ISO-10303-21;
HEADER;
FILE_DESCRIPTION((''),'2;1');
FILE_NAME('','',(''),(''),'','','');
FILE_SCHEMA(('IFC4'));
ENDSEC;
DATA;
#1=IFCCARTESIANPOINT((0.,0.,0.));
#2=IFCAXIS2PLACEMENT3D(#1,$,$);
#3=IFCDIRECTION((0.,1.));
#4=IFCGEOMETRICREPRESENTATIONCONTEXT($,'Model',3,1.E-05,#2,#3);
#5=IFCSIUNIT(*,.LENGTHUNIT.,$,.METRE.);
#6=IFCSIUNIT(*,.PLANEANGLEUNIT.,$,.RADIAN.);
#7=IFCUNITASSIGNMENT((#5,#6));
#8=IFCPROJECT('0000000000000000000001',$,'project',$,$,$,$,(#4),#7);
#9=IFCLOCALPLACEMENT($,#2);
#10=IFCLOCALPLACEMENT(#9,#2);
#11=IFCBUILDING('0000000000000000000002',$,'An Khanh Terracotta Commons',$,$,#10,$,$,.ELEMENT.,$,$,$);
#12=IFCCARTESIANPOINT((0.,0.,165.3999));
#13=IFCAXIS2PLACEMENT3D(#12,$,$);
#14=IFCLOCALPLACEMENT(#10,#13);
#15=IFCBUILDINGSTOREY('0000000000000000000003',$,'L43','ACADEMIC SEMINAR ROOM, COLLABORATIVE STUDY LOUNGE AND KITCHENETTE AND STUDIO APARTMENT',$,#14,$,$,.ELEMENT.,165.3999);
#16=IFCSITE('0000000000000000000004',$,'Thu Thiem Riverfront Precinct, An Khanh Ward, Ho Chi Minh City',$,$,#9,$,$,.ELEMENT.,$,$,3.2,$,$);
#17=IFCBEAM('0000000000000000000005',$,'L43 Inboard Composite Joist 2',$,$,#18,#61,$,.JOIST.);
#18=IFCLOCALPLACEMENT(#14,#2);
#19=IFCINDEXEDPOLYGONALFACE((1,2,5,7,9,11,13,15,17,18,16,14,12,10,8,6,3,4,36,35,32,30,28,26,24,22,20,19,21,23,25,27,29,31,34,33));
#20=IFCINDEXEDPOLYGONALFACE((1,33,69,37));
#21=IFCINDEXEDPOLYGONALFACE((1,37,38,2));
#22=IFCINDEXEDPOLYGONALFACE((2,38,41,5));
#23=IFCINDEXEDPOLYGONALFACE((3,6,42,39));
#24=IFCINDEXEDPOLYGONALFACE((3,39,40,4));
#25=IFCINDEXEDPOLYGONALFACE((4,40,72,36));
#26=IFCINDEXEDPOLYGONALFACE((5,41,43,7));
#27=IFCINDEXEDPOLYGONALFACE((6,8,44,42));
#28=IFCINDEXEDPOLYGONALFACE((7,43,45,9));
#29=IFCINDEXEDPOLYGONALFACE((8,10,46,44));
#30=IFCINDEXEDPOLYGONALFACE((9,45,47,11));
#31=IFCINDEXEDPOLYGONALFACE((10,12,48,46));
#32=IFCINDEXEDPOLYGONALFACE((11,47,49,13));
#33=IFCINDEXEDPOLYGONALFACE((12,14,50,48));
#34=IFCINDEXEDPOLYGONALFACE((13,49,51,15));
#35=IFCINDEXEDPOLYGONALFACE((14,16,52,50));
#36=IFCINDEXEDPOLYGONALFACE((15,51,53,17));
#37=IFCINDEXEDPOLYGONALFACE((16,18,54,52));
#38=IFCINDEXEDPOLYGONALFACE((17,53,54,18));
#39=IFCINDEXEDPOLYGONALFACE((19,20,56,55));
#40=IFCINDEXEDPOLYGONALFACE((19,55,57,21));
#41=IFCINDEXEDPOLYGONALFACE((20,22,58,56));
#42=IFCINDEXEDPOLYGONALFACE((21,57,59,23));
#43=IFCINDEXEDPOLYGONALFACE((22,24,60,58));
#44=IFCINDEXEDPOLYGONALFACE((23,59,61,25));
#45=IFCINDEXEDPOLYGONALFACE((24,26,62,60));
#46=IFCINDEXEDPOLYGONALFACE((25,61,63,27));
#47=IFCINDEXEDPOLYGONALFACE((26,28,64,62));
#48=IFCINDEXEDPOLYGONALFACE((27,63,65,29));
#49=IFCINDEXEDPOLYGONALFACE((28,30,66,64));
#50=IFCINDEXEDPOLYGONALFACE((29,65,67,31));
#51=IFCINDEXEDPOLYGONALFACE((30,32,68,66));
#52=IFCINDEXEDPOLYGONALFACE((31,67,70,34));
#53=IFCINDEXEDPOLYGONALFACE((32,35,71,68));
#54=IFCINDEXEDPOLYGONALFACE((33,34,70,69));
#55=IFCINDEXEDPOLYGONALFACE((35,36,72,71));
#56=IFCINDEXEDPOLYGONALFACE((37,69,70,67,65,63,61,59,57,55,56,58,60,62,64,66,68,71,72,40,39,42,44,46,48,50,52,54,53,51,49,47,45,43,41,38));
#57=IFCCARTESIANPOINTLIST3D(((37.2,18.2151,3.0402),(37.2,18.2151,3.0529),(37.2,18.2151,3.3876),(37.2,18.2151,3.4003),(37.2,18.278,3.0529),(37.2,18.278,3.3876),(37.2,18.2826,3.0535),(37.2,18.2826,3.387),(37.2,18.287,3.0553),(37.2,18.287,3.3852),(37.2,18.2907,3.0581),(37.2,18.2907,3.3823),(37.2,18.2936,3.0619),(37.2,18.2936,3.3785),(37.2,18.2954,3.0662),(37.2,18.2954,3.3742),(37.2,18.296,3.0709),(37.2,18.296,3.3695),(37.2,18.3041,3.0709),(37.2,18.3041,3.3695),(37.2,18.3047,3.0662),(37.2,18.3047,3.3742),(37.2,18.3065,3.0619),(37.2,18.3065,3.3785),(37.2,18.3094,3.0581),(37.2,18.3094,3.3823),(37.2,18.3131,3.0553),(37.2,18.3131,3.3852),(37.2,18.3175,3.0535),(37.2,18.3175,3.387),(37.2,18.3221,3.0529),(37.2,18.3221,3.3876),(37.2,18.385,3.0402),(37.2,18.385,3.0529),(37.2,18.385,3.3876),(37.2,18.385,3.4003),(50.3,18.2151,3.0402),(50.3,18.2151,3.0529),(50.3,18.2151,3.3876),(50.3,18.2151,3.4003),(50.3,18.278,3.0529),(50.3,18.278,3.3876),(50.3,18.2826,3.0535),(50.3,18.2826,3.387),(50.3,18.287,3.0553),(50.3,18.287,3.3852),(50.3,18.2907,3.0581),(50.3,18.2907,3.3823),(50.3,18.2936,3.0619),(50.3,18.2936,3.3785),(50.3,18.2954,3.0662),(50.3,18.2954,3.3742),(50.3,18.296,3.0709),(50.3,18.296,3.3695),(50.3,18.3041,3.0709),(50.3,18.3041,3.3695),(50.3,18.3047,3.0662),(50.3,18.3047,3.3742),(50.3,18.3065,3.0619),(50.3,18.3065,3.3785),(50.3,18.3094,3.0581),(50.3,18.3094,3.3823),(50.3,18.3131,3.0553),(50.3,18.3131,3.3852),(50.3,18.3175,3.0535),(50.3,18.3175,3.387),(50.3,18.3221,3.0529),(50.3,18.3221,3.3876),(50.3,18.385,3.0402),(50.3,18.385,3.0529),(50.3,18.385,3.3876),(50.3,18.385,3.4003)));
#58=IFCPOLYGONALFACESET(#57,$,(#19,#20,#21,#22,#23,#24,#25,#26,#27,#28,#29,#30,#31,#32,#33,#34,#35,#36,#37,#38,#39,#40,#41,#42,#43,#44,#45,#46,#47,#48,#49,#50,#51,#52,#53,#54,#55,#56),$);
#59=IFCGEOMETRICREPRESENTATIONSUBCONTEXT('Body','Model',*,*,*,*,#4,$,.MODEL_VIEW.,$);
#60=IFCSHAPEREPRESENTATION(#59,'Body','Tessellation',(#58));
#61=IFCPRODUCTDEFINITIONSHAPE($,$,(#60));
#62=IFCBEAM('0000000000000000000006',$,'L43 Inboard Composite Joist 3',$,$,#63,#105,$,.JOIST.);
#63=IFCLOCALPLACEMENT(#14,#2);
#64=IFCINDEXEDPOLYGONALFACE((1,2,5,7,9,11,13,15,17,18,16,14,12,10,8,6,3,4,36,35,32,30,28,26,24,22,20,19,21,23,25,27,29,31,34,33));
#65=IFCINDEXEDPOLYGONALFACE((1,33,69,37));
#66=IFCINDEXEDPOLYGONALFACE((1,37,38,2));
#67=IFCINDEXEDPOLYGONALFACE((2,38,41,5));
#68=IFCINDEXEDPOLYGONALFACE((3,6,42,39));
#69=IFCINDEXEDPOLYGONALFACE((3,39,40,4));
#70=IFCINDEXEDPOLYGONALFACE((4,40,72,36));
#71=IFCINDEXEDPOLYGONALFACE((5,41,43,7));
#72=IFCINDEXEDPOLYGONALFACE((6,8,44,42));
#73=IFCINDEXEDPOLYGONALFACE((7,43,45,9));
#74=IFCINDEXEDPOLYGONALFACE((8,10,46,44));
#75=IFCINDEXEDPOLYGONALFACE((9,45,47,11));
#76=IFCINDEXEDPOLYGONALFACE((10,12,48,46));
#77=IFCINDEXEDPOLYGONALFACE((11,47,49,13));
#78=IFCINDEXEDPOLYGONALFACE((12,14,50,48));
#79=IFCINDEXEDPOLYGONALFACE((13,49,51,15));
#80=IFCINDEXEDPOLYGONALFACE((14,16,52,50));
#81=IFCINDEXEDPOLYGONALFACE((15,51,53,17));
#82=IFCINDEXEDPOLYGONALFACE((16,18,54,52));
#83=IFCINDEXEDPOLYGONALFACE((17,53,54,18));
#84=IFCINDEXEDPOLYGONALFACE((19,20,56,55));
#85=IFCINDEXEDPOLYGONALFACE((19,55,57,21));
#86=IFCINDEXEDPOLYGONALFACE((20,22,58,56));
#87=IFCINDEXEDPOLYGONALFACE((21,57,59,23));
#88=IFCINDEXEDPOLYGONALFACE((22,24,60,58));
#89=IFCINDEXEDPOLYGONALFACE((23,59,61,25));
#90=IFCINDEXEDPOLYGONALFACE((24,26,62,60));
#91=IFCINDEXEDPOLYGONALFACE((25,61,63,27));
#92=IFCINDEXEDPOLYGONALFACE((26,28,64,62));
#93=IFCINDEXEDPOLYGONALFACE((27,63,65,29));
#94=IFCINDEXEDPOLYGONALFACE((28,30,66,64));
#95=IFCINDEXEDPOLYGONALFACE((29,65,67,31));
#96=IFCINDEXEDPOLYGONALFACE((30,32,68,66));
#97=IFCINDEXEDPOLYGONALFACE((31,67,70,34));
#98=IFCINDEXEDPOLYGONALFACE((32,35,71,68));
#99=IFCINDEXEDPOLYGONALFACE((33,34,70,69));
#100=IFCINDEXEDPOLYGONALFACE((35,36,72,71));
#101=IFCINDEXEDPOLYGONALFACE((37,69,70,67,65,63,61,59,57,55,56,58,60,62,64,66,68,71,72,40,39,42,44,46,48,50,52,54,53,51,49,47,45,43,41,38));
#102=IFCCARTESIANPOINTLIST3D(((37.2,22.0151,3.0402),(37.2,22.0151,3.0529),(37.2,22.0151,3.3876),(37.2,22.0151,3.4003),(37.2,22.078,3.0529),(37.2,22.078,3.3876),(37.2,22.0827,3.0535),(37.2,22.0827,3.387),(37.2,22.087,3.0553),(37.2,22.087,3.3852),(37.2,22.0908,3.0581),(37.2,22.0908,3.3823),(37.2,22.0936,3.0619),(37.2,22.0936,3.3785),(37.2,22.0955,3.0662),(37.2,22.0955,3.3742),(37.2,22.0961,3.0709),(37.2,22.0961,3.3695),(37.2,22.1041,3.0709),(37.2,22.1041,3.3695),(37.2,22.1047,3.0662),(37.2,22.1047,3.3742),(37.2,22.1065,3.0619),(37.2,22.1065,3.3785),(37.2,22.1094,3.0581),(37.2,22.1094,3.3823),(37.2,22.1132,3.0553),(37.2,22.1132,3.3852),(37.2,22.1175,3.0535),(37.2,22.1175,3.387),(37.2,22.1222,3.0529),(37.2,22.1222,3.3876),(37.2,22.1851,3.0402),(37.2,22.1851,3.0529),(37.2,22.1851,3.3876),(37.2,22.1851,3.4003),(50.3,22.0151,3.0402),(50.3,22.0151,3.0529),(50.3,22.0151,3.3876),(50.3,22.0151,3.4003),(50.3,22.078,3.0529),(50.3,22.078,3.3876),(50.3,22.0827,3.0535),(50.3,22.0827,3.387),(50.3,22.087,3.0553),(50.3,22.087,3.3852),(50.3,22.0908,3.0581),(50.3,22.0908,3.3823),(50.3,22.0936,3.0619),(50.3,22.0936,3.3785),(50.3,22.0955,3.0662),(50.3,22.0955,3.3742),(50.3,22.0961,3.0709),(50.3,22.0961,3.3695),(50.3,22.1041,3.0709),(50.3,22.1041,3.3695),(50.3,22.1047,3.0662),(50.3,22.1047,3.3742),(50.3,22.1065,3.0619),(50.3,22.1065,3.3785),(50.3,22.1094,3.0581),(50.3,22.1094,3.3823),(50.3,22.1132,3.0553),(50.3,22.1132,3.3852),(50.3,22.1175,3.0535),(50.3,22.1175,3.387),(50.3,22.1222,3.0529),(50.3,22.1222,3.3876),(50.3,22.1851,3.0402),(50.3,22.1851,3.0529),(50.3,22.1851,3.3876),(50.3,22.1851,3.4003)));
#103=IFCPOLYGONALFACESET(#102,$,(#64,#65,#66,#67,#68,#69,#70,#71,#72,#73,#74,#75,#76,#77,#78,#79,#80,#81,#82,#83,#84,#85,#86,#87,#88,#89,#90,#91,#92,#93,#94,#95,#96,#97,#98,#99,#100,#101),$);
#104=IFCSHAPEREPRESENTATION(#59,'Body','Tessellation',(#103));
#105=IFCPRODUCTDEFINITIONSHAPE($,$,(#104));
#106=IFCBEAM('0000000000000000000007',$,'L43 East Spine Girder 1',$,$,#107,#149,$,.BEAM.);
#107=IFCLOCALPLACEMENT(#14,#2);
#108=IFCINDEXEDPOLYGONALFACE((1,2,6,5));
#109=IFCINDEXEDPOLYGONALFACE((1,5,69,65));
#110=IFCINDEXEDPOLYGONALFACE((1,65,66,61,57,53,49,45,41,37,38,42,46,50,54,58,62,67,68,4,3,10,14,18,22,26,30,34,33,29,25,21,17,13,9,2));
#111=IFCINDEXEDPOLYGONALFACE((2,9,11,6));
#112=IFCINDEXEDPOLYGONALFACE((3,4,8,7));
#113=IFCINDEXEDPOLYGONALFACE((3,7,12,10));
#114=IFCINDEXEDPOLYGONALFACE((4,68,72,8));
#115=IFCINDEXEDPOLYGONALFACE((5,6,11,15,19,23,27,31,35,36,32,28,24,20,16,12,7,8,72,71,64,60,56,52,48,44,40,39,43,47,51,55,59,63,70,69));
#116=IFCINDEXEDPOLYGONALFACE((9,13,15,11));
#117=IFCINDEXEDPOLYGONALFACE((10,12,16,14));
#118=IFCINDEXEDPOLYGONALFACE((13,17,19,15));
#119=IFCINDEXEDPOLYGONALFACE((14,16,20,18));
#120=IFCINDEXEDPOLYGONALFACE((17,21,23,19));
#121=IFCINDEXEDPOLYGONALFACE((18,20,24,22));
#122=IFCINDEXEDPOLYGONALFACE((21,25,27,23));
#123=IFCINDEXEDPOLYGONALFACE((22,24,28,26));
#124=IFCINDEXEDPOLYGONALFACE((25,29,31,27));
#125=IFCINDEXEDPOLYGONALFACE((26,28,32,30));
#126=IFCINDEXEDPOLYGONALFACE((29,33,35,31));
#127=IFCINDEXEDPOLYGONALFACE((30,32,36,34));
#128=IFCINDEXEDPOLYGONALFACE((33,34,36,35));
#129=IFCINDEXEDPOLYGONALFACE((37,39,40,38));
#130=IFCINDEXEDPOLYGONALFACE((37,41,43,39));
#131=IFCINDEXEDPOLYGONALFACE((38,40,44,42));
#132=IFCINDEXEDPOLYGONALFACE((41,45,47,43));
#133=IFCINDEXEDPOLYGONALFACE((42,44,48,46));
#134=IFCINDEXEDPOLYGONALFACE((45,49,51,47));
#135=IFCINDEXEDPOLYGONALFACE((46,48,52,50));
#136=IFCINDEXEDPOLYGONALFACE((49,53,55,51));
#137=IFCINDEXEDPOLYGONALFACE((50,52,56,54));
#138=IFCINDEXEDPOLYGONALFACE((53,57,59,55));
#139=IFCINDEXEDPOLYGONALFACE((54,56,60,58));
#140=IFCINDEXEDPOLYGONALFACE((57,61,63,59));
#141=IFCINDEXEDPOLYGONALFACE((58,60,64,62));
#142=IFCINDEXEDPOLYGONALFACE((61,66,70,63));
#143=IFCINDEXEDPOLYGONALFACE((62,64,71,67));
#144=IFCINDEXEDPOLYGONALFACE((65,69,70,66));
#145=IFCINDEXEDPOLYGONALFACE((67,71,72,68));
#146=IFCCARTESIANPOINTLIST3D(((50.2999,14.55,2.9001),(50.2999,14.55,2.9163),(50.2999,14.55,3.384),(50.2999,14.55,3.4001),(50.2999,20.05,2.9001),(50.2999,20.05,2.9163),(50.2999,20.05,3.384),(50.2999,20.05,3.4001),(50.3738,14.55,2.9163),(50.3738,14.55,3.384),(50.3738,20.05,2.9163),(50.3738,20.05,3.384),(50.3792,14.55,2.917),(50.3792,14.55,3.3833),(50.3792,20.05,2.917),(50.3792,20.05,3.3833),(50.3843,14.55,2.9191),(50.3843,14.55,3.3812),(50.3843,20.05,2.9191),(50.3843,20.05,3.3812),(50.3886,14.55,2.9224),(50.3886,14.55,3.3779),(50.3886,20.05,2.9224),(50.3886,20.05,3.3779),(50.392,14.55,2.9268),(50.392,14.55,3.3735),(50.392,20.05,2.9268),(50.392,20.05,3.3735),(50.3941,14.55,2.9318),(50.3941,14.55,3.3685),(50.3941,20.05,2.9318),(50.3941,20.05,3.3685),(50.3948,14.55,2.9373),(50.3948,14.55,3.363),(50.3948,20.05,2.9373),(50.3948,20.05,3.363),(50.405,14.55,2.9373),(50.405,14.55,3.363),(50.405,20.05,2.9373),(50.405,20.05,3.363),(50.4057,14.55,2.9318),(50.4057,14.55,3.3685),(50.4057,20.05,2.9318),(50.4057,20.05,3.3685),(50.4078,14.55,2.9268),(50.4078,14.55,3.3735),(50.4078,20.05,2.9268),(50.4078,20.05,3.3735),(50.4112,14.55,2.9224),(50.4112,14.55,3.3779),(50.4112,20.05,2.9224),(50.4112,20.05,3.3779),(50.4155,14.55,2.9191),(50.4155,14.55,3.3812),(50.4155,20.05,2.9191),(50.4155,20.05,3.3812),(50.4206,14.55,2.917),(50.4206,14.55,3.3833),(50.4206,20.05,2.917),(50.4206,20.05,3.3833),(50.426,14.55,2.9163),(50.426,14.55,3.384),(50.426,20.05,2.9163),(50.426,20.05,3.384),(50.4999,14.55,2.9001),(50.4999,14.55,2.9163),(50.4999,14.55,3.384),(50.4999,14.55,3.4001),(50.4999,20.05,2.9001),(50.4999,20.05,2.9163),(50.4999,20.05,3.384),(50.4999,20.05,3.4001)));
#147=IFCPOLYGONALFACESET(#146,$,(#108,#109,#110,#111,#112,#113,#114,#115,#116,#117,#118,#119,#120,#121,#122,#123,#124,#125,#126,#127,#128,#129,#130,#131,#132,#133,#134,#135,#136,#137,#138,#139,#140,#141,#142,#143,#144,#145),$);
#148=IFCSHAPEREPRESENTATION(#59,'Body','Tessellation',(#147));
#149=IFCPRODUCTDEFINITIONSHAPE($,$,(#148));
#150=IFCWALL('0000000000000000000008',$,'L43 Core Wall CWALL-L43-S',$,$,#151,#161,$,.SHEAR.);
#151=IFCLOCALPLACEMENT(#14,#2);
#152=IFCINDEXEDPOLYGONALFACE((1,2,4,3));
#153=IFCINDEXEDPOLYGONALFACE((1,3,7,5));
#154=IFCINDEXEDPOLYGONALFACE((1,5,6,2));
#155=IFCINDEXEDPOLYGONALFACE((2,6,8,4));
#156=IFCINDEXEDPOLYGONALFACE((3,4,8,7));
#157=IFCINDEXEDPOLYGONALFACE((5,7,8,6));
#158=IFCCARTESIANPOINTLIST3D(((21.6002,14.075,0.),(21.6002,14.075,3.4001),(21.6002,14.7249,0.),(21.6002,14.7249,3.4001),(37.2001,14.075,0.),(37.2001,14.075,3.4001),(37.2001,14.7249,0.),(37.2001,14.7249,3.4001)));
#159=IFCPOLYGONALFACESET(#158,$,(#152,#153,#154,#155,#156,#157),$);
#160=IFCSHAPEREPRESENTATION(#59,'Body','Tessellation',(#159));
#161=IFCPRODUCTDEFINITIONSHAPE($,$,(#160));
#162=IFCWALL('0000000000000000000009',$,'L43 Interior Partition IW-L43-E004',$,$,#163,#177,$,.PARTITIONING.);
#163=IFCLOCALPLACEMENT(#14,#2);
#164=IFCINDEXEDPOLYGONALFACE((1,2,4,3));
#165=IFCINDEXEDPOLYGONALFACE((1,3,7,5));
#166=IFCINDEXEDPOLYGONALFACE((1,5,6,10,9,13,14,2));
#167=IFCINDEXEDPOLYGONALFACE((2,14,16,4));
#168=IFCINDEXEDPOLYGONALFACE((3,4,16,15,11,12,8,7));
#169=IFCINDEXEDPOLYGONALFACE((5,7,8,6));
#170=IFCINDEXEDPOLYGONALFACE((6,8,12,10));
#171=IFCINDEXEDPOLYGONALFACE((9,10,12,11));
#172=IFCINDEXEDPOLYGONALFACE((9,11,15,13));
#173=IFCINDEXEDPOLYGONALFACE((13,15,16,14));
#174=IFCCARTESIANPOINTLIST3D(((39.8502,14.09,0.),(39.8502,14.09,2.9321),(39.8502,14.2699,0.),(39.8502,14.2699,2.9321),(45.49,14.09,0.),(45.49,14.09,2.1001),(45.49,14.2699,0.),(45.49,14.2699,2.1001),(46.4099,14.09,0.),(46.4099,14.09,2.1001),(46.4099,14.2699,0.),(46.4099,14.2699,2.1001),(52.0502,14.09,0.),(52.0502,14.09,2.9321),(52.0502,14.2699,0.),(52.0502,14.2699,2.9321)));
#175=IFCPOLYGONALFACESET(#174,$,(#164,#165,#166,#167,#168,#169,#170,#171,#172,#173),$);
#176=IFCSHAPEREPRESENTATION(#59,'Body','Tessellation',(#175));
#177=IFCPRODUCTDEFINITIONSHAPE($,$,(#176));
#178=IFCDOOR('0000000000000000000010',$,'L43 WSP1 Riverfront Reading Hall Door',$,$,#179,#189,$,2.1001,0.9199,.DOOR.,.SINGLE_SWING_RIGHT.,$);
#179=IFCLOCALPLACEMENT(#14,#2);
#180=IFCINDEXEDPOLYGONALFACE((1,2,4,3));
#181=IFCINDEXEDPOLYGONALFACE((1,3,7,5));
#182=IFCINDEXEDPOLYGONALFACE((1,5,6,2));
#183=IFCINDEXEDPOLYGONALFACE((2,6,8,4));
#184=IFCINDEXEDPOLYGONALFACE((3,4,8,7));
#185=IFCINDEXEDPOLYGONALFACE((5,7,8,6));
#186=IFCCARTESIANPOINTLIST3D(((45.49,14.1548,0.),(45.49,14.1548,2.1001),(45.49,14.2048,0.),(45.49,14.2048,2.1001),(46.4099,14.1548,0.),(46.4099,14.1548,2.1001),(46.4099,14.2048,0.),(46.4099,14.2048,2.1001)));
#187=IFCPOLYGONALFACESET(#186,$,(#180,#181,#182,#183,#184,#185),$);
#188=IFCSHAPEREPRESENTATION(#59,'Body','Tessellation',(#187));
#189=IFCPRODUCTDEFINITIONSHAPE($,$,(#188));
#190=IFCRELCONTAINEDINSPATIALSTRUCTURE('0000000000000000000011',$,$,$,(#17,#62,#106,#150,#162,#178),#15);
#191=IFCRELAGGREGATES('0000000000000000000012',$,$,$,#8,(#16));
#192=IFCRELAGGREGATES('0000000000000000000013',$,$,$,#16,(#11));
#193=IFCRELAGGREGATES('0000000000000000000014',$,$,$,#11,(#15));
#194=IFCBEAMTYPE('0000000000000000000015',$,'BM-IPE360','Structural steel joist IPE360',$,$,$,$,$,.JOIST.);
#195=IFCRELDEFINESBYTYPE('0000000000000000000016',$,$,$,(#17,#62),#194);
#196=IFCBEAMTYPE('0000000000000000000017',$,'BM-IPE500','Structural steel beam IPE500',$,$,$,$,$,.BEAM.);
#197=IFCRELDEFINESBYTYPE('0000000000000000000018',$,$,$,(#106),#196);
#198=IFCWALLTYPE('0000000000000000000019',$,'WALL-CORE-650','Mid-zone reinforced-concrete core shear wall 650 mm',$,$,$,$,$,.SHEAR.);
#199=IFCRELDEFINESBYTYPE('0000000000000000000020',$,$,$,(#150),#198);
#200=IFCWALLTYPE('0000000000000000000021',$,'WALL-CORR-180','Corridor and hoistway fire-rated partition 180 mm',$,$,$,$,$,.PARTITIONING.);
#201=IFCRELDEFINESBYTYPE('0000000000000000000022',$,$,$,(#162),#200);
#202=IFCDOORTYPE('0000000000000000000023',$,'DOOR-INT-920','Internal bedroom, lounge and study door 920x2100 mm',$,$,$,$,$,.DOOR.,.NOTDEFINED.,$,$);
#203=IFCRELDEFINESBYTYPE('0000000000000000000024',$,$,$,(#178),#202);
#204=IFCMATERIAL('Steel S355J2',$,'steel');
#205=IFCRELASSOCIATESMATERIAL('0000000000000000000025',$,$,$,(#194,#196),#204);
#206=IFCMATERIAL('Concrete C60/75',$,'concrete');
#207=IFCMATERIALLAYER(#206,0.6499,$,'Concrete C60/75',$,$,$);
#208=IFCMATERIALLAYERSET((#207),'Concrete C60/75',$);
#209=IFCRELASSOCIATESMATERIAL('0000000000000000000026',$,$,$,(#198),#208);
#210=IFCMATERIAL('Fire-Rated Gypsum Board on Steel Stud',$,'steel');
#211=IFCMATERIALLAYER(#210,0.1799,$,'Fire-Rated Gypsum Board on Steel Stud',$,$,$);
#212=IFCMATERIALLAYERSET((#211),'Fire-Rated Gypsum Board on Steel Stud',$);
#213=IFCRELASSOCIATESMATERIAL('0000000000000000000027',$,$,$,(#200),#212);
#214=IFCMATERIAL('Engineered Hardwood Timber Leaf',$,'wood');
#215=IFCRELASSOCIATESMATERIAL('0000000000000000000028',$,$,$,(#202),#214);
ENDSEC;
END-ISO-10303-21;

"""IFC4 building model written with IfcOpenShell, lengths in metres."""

from ifc_helpers import new_model, si_unit, direction, frame, frame_2d, origin, origin_2d, place, context, subcontext, project, spatial, rectangle, i_section, extrude, material, layer, layer_set, material_profile, profile_set, type_object, element, fill, save


model = new_model("IFC4")

# Units and contexts
model_context = context("Model", 3, precision=1e-05, world=origin(), true_north=direction((0.0, 1.0)))
body_context = subcontext(model_context, "Body", "Model", "MODEL_VIEW")
ifc_project = project(units=[si_unit("LENGTHUNIT", "METRE"), si_unit("PLANEANGLEUNIT", "RADIAN")], contexts=[model_context])

# Site, building, storey
site_placement = place(None, origin())
site = spatial("IfcSite", under=ifc_project, at=site_placement, Name="Thu Thiem Riverfront Precinct, An Khanh Ward, Ho Chi Minh City", CompositionType="ELEMENT", RefElevation=3.2)
building_placement = place(site_placement, origin())
building = spatial("IfcBuilding", under=site, at=building_placement, Name="An Khanh Terracotta Commons", CompositionType="ELEMENT")
storey_placement = place(building_placement, frame((0.0, 0.0, 165.3999)))
storey = spatial("IfcBuildingStorey", under=building, at=storey_placement, Name="L43", Description="ACADEMIC SEMINAR ROOM, COLLABORATIVE STUDY LOUNGE AND KITCHENETTE AND STUDIO APARTMENT", CompositionType="ELEMENT", Elevation=165.3999)

# Shared definitions
ifc_material_1 = material(Name="Concrete C60/75", Category="concrete")

# Beams
ifc_material_2 = material(Name="Steel S355J2", Category="steel")
ifc_material_profile_1 = material_profile(ifc_material_2, i_section(OverallWidth=0.1699, OverallDepth=0.3601, WebThickness=0.0081, FlangeThickness=0.0127, FilletRadius=0.0181, at=origin_2d()), Name="IPE360")
ifc_profile_set_1 = profile_set([ifc_material_profile_1], Name="Steel S355J2")
beam_type_1 = type_object("IfcBeamType", Name="BM-IPE360", Description="Structural steel joist IPE360", PredefinedType="JOIST", material=ifc_profile_set_1)
for number, where, z_axis, x_axis, name in (
    (1, (37.2, 18.3, 3.2202), (1.0, 0.0, 0.0), (0.0, 1.0, 0.0), "L43 Inboard Composite Joist 2"),
    (2, (37.2, 22.1001, 3.2202), (1.0, 0.0, 0.0), (0.0, 1.0, 0.0), "L43 Inboard Composite Joist 3"),
):
    element("IfcBeam", number, at=place(storey_placement, frame(where, z_axis=z_axis, x_axis=x_axis)), inside=storey, type_object=beam_type_1, Name=name, PredefinedType="JOIST", context=body_context, shape_type="SweptSolid", body=[
        extrude(i_section(OverallWidth=0.1699, OverallDepth=0.3601, WebThickness=0.0081, FlangeThickness=0.0127, FilletRadius=0.0181, at=origin_2d()), origin(), (0.0, 0.0, 1.0), 13.1001),
    ])
ifc_material_profile_2 = material_profile(ifc_material_2, i_section(OverallWidth=0.2, OverallDepth=0.5, WebThickness=0.0103, FlangeThickness=0.0161, FilletRadius=0.021, at=origin_2d()), Name="IPE500")
ifc_profile_set_2 = profile_set([ifc_material_profile_2], Name="Steel S355J2")
beam_type_2 = type_object("IfcBeamType", Name="BM-IPE500", Description="Structural steel beam IPE500", PredefinedType="BEAM", material=ifc_profile_set_2)
beam_1_placement = place(storey_placement, frame((50.3999, 14.55, 3.1501), z_axis=(0.0, 1.0, 0.0), x_axis=(-1.0, 0.0, 0.0)))
element("IfcBeam", 3, at=beam_1_placement, inside=storey, type_object=beam_type_2, Name="L43 East Spine Girder 1", PredefinedType="BEAM", context=body_context, shape_type="SweptSolid", body=[
    extrude(i_section(OverallWidth=0.2, OverallDepth=0.5, WebThickness=0.0103, FlangeThickness=0.0161, FilletRadius=0.021, at=origin_2d()), origin(), (0.0, 0.0, 1.0), 5.5),
])

# Wall
ifc_layer_1 = layer(ifc_material_1, 0.6499, Name="Concrete C60/75")
ifc_layer_set_1 = layer_set([ifc_layer_1], Name="Concrete C60/75")
wall_type_1 = type_object("IfcWallType", Name="WALL-CORE-650", Description="Mid-zone reinforced-concrete core shear wall 650 mm", PredefinedType="SHEAR", material=ifc_layer_set_1)
wall_1_placement = place(storey_placement, frame((37.2, 14.3999, 0.0), z_axis=(0.0, 0.0, 1.0), x_axis=(-1.0, 0.0, 0.0)))
element("IfcWall", 4, at=wall_1_placement, inside=storey, type_object=wall_type_1, Name="L43 Core Wall CWALL-L43-S", PredefinedType="SHEAR", context=body_context, shape_type="SweptSolid", body=[
    extrude(rectangle(XDim=15.5999, YDim=0.6499, at=frame_2d((7.7998, 0.0))), origin(), (0.0, 0.0, 1.0), 3.4001),
])

# Wall, opening, door
ifc_material_3 = material(Name="Fire-Rated Gypsum Board on Steel Stud", Category="steel")
ifc_layer_2 = layer(ifc_material_3, 0.1799, Name="Fire-Rated Gypsum Board on Steel Stud")
ifc_layer_set_2 = layer_set([ifc_layer_2], Name="Fire-Rated Gypsum Board on Steel Stud")
wall_type_2 = type_object("IfcWallType", Name="WALL-CORR-180", Description="Corridor and hoistway fire-rated partition 180 mm", PredefinedType="PARTITIONING", material=ifc_layer_set_2)
wall_2_placement = place(storey_placement, frame((39.8501, 14.1799, 0.0), z_axis=(0.0, 0.0, 1.0), x_axis=(1.0, 0.0, 0.0)))
wall_2 = element("IfcWall", 5, at=wall_2_placement, inside=storey, type_object=wall_type_2, Name="L43 Interior Partition IW-L43-E004", PredefinedType="PARTITIONING", context=body_context, shape_type="SweptSolid", body=[
    extrude(rectangle(XDim=12.2, YDim=0.1799, at=frame_2d((6.1001, 0.0))), origin(), (0.0, 0.0, 1.0), 2.9321),
])
opening_1_placement = place(wall_2_placement, frame((5.6399, 0.0, 0.0)))
opening_1 = element("IfcOpeningElement", 6, at=opening_1_placement, cuts=wall_2, PredefinedType="OPENING", context=body_context, shape_type="SweptSolid", body=[
    extrude(rectangle(XDim=0.9199, YDim=2.1001, at=frame_2d((0.46, 1.05))), frame((0.0, 0.0999, 0.0), z_axis=(0.0, -1.0, 0.0), x_axis=(1.0, 0.0, 0.0)), (0.0, 0.0, 1.0), 0.2),
])
ifc_material_4 = material(Name="Engineered Hardwood Timber Leaf", Category="wood")
door_type_1 = type_object("IfcDoorType", Name="DOOR-INT-920", Description="Internal bedroom, lounge and study door 920x2100 mm", OperationType="NOTDEFINED", PredefinedType="DOOR", material=ifc_material_4)
door_1_placement = place(opening_1_placement, origin())
door_1 = element("IfcDoor", 7, at=door_1_placement, inside=storey, type_object=door_type_1, Name="L43 WSP1 Riverfront Reading Hall Door", OperationType="SINGLE_SWING_RIGHT", OverallHeight=2.1001, OverallWidth=0.9199, PredefinedType="DOOR", context=body_context, shape_type="SweptSolid", body=[
    extrude(rectangle(XDim=0.9199, YDim=2.1001, at=frame_2d((0.46, 1.05))), frame((0.0, 0.0249, 0.0), z_axis=(0.0, -1.0, 0.0), x_axis=(1.0, 0.0, 0.0)), (0.0, 0.0, 1.0), 0.05),
])
fill(opening_1, door_1)

save(model, "model.ifc")
